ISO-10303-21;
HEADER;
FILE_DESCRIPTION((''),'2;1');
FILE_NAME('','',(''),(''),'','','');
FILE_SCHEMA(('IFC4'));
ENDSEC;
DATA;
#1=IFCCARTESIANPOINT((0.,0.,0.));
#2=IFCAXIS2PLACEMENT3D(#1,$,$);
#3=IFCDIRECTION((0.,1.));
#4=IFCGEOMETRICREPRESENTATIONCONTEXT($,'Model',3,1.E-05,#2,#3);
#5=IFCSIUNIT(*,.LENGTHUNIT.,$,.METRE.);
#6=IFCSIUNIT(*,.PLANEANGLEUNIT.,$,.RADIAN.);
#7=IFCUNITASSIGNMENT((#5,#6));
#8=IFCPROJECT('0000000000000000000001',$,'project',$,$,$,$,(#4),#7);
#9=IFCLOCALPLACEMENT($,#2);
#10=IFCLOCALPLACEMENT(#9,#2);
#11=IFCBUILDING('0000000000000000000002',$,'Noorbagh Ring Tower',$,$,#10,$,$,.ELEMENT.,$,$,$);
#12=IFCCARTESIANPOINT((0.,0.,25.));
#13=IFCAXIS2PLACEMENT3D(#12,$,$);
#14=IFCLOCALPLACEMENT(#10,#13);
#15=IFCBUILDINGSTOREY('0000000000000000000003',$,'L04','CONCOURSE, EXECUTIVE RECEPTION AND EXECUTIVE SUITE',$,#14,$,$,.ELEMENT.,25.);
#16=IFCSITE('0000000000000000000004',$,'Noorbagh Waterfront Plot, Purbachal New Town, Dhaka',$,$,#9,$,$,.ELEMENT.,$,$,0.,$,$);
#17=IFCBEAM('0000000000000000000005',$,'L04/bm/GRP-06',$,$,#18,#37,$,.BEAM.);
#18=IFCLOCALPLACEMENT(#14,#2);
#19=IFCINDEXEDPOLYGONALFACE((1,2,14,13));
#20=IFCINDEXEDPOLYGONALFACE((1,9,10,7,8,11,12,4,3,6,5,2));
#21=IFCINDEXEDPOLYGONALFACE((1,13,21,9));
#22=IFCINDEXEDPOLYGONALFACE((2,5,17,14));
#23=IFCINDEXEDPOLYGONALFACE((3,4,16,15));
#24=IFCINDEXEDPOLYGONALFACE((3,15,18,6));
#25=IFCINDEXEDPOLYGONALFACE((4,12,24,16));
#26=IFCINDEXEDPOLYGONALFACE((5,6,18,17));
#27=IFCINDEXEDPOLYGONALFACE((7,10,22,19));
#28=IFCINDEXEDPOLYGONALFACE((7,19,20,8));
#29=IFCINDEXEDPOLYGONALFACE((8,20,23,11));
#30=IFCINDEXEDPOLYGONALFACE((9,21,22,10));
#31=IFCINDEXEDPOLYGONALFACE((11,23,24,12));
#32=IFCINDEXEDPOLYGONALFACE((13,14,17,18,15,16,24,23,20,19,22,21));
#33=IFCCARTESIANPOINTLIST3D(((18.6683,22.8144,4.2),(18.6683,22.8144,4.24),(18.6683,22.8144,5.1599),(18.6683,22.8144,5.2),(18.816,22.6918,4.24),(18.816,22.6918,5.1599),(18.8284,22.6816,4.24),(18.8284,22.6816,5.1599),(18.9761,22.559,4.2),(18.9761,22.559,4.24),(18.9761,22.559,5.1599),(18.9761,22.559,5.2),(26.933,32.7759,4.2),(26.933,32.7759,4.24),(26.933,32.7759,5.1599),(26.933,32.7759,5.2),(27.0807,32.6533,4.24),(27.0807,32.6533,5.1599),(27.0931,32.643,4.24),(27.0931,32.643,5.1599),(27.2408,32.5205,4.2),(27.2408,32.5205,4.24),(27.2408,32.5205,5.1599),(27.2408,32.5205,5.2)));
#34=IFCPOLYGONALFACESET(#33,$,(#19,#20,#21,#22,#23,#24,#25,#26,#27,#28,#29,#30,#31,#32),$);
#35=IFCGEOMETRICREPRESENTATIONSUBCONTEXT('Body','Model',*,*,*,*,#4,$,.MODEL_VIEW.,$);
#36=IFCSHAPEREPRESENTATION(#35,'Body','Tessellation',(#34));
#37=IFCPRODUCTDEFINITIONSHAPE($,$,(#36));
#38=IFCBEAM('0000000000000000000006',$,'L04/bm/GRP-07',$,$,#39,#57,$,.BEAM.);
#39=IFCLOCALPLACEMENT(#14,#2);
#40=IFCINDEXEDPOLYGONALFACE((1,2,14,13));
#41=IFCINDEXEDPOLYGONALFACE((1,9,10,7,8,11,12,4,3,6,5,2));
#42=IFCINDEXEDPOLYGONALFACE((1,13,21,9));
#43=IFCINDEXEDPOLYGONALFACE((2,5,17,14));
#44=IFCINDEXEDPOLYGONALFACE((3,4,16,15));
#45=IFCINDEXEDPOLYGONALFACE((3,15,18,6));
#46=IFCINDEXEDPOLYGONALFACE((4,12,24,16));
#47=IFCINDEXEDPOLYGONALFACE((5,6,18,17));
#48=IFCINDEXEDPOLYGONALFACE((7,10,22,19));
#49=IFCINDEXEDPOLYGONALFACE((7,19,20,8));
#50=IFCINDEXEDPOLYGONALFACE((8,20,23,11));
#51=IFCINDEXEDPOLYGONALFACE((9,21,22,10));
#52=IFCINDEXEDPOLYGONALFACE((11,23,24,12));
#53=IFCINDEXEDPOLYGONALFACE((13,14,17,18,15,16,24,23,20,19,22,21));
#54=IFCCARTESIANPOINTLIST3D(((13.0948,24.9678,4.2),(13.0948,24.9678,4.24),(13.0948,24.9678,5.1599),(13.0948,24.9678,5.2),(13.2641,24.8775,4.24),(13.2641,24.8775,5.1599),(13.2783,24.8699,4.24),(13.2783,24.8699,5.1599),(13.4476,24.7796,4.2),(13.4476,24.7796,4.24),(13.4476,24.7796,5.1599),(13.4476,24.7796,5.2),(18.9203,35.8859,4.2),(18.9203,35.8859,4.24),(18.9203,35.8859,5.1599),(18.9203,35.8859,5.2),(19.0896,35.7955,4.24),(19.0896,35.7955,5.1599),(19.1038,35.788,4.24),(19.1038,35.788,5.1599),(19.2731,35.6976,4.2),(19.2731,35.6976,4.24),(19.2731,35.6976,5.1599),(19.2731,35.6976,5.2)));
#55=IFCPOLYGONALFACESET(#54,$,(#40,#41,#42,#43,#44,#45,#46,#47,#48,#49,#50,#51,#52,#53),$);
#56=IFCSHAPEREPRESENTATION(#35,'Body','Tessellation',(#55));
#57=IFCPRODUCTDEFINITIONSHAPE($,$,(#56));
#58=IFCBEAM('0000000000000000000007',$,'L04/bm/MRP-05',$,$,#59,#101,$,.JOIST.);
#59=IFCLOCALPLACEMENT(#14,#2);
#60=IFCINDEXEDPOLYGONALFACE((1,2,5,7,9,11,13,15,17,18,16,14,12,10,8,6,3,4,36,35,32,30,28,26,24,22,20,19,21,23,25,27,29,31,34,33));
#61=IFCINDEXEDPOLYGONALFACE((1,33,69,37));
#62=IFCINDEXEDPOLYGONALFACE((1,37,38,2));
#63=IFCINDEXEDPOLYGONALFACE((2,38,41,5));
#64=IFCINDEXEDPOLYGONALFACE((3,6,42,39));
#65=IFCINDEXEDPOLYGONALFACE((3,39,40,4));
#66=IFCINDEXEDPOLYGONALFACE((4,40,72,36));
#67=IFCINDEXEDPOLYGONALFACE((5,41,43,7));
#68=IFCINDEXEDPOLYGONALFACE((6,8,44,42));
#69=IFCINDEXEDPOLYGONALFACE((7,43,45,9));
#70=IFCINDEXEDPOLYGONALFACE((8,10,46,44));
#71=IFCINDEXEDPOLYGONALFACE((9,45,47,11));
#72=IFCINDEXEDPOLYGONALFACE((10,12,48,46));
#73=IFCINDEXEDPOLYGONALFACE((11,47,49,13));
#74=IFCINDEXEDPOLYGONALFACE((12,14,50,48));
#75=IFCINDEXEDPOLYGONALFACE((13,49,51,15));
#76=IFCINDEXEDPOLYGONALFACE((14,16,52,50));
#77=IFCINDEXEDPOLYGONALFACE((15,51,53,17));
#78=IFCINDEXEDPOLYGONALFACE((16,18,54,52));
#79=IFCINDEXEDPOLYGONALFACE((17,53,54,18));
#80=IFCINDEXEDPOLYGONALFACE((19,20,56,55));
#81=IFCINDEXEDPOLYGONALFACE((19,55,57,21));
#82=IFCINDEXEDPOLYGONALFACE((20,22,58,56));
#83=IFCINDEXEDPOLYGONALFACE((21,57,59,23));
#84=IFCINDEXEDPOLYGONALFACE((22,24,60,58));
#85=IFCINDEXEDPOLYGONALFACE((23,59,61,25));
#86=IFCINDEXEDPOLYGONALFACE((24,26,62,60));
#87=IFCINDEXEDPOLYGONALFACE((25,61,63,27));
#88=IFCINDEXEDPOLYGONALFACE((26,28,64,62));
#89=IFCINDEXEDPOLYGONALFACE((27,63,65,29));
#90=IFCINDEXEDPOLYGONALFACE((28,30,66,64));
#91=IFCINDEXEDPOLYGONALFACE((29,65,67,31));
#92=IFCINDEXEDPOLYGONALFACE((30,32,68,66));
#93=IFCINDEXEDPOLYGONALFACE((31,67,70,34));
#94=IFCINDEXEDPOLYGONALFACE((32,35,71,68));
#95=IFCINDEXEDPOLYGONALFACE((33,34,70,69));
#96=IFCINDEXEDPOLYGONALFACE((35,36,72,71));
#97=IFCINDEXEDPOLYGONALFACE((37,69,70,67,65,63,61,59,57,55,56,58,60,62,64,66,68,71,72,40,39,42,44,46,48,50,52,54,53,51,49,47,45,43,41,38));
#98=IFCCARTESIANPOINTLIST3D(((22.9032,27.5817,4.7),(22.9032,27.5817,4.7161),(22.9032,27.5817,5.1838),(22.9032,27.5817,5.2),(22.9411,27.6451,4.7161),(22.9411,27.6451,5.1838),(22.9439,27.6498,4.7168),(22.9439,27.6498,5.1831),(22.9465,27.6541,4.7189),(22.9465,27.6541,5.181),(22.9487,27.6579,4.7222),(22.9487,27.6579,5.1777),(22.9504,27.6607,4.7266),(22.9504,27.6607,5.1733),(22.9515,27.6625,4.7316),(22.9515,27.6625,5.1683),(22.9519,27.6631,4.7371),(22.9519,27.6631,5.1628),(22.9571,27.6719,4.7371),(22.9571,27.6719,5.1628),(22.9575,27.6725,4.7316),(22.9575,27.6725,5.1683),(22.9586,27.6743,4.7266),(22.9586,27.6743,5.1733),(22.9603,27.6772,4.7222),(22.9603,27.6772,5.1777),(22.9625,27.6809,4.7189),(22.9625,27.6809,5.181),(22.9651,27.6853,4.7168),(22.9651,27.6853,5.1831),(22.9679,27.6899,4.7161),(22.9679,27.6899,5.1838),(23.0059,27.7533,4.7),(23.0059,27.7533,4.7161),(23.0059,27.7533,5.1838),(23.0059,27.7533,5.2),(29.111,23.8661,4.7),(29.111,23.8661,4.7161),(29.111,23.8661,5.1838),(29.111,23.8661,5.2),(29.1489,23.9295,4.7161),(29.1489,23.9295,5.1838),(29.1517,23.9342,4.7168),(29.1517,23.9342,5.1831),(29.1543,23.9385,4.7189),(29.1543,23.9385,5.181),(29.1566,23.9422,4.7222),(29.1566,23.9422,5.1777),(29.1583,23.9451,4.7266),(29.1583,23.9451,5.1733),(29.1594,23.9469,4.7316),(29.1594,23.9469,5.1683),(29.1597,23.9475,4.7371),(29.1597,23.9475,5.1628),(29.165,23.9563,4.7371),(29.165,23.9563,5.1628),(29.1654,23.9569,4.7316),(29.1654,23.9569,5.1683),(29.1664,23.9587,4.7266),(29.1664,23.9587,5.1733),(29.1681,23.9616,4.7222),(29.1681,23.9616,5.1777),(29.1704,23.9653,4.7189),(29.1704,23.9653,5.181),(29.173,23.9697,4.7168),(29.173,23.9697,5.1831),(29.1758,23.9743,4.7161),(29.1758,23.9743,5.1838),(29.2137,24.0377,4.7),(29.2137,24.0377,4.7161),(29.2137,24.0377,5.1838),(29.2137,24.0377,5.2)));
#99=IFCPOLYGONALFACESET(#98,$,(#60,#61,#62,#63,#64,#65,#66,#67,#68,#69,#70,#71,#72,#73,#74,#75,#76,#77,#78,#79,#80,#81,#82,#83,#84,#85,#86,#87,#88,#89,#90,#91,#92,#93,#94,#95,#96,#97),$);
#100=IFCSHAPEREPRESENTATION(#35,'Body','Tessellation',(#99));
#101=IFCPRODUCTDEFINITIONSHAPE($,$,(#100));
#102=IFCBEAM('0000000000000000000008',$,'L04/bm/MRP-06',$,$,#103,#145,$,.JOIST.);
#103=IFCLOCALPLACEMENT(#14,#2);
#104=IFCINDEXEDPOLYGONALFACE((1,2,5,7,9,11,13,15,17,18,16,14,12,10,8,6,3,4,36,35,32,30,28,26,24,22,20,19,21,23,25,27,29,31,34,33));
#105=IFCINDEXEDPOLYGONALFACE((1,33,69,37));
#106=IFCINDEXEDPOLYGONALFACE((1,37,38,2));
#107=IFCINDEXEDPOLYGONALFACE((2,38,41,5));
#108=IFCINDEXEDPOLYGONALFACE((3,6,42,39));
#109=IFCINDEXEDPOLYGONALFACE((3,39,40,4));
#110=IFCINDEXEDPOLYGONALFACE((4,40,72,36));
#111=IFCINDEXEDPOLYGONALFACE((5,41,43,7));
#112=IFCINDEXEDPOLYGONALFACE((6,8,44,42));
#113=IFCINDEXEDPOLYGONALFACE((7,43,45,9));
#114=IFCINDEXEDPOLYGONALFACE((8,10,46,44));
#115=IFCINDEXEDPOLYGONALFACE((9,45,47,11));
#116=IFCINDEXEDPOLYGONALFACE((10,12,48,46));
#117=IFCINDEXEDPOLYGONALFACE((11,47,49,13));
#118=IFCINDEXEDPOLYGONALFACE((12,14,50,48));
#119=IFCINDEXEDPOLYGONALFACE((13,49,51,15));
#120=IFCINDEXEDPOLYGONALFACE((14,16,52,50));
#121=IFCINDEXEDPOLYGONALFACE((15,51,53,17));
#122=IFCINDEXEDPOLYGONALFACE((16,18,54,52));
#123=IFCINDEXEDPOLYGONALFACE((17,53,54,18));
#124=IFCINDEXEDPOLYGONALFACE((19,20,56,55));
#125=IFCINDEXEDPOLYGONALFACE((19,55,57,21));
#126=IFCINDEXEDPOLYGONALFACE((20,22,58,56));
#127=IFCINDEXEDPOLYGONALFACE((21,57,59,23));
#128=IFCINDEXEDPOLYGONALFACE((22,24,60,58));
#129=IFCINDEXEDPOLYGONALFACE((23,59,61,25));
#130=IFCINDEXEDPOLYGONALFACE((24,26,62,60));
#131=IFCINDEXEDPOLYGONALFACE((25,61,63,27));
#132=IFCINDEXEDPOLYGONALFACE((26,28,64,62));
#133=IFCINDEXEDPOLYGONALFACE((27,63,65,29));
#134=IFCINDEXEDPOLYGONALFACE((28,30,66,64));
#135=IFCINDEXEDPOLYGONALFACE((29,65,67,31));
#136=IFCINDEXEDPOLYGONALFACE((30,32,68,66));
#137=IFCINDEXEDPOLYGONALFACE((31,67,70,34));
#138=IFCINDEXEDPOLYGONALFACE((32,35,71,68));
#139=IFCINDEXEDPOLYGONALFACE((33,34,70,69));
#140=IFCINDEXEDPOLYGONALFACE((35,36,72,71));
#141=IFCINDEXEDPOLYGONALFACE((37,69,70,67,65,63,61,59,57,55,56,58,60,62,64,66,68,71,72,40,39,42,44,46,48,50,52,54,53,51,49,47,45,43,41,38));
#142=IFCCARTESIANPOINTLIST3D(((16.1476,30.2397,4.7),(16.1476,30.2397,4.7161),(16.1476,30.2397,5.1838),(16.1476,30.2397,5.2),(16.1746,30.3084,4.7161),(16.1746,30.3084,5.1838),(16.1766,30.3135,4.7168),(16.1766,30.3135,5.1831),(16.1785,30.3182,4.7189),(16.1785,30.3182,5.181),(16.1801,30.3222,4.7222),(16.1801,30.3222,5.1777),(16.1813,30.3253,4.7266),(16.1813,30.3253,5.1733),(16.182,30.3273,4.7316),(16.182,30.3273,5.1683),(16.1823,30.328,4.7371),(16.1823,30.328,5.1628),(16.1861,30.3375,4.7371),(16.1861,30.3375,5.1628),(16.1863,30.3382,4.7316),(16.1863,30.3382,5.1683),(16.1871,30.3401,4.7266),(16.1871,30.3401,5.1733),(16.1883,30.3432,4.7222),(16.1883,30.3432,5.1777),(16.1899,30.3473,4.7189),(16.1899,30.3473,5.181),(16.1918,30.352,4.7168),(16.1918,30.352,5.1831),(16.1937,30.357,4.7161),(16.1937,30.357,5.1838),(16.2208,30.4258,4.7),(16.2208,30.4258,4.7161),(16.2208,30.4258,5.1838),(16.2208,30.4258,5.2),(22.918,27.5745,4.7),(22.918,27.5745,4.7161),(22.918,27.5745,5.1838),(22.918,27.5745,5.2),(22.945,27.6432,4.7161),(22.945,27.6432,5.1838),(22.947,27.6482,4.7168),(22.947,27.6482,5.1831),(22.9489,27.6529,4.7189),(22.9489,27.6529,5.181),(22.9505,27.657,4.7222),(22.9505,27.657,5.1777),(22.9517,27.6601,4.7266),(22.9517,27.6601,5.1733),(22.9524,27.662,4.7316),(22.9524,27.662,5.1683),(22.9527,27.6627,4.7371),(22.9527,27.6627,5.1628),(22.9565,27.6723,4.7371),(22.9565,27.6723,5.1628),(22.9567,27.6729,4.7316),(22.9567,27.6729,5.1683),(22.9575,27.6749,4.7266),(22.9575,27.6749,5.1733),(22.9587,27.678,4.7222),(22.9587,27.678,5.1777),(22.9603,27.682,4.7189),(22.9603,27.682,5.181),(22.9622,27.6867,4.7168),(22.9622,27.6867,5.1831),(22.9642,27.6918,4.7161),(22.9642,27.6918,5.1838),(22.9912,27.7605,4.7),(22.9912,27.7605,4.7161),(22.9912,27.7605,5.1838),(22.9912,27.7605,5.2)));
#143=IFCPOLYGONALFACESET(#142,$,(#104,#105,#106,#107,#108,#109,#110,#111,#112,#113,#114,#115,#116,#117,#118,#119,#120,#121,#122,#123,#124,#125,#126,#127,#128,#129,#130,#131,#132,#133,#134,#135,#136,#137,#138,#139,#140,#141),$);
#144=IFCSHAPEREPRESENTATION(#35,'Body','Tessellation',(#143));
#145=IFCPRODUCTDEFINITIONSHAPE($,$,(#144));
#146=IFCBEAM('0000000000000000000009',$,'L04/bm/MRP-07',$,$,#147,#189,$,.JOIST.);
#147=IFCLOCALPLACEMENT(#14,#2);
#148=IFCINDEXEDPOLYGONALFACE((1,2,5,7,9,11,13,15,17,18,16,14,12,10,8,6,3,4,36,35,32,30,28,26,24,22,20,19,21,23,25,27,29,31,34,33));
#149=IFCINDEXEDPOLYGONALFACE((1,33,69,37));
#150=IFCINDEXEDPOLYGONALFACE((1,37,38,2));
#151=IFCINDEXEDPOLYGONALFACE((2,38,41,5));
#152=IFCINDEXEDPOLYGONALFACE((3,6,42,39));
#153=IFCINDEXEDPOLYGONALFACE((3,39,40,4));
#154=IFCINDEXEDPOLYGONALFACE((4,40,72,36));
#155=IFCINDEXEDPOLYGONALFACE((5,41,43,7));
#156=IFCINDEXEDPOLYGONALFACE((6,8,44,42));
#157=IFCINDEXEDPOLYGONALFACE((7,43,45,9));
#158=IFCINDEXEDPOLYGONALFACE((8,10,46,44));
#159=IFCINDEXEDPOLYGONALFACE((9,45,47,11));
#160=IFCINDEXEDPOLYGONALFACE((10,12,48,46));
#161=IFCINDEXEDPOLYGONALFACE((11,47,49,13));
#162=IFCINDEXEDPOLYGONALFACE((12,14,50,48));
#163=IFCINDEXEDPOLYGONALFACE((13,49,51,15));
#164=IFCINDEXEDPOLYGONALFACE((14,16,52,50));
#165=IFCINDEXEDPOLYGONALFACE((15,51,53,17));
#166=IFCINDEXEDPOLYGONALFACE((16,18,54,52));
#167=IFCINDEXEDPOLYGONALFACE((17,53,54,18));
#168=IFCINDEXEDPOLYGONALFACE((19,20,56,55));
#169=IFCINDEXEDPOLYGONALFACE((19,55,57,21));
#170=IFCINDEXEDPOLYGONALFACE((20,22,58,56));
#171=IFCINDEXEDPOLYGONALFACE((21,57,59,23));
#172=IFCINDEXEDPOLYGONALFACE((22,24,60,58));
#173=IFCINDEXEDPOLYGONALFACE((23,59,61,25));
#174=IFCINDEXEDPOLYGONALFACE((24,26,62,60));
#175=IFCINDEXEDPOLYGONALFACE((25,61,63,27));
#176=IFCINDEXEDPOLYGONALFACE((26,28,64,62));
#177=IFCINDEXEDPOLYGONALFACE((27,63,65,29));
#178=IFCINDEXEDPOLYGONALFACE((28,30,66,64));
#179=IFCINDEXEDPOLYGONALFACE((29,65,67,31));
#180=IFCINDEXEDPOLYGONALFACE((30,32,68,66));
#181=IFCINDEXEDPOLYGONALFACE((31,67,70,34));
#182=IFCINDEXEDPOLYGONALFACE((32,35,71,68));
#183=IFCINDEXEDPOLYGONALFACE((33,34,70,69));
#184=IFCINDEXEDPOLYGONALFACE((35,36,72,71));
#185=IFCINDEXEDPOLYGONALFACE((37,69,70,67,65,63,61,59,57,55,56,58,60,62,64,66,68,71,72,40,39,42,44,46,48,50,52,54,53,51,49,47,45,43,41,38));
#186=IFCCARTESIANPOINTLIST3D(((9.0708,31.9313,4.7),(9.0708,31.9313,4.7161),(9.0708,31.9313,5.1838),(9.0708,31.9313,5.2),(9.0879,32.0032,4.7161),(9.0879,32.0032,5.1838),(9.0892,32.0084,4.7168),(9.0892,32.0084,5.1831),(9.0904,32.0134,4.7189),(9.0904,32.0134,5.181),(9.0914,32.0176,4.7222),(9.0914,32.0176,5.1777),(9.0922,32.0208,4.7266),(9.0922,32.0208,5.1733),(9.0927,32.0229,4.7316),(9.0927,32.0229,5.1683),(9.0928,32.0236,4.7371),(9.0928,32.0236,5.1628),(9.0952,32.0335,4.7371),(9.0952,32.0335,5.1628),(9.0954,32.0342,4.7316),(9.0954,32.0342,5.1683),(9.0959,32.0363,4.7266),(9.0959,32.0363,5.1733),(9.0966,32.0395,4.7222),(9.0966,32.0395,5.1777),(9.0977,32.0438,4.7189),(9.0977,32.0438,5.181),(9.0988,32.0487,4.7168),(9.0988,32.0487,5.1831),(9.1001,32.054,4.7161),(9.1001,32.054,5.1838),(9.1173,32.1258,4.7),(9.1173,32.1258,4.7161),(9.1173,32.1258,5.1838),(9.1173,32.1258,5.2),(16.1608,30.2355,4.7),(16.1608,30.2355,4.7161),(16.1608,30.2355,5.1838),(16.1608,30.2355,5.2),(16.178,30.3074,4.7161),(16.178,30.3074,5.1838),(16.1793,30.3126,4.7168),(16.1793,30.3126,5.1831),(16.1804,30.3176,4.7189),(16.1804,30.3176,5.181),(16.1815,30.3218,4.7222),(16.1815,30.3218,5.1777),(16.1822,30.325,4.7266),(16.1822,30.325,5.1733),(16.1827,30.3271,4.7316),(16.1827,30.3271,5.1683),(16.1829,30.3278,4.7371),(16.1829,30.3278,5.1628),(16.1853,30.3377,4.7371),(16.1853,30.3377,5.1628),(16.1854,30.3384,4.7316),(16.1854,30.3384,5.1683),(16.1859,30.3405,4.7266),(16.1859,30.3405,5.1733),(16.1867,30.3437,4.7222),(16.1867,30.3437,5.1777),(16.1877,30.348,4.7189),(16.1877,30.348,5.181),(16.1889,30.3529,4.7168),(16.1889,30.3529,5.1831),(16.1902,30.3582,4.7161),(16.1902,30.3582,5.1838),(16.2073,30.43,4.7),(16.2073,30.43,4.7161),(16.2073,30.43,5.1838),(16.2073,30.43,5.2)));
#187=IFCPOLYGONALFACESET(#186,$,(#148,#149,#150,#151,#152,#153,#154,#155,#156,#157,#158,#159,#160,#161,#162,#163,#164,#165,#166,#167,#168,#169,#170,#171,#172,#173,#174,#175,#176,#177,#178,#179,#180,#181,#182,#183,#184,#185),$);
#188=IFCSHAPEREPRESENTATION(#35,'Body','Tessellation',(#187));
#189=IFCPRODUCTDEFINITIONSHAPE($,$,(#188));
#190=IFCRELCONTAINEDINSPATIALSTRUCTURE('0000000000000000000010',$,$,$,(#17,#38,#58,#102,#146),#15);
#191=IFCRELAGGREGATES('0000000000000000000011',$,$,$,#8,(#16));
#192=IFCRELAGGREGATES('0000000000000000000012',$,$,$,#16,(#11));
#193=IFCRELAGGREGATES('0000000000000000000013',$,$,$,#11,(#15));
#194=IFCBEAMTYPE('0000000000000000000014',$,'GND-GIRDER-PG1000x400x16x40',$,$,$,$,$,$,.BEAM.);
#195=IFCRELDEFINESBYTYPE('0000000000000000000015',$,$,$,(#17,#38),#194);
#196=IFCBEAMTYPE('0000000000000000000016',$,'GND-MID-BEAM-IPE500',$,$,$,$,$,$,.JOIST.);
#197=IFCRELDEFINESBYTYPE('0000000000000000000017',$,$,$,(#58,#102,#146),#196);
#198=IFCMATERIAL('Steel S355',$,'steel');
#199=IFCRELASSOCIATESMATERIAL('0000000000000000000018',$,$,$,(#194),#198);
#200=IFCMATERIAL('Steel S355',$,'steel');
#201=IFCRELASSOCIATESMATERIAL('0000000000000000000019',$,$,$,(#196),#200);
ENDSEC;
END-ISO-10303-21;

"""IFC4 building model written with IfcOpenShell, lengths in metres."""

from ifc_helpers import new_model, si_unit, direction, frame, origin, origin_2d, place, context, subcontext, project, spatial, i_section, extrude, material, material_profile, profile_set, type_object, element, save


model = new_model("IFC4")

# Units and contexts
model_context = context("Model", 3, precision=1e-05, world=origin(), true_north=direction((0.0, 1.0)))
body_context = subcontext(model_context, "Body", "Model", "MODEL_VIEW")
ifc_project = project(units=[si_unit("LENGTHUNIT", "METRE"), si_unit("PLANEANGLEUNIT", "RADIAN")], contexts=[model_context])

# Site, building, storey
site_placement = place(None, origin())
site = spatial("IfcSite", under=ifc_project, at=site_placement, Name="Noorbagh Waterfront Plot, Purbachal New Town, Dhaka", CompositionType="ELEMENT", RefElevation=0.0)
building_placement = place(site_placement, origin())
building = spatial("IfcBuilding", under=site, at=building_placement, Name="Noorbagh Ring Tower", CompositionType="ELEMENT")
storey_placement = place(building_placement, frame((0.0, 0.0, 25.0)))
storey = spatial("IfcBuildingStorey", under=building, at=storey_placement, Name="L04", Description="CONCOURSE, EXECUTIVE RECEPTION AND EXECUTIVE SUITE", CompositionType="ELEMENT", Elevation=25.0)

# Beams
ifc_material_1 = material(Name="Steel S355", Category="steel")
ifc_material_profile_1 = material_profile(ifc_material_1, i_section(OverallWidth=0.3999, OverallDepth=1.0, WebThickness=0.0161, FlangeThickness=0.04, at=origin_2d()), Name="PG1000x400x16x40")
ifc_profile_set_1 = profile_set([ifc_material_profile_1], Name="Steel S355")
beam_type_1 = type_object("IfcBeamType", Name="GND-GIRDER-PG1000x400x16x40", PredefinedType="BEAM", material=ifc_profile_set_1)
beam_1_placement = place(storey_placement, frame((27.0869, 32.6482, 4.7), z_axis=(-0.638517, -0.769608, 0.0), x_axis=(0.769608, -0.638517, 0.0)))
element("IfcBeam", 1, at=beam_1_placement, inside=storey, type_object=beam_type_1, Name="L04/bm/GRP-06", PredefinedType="BEAM", context=body_context, shape_type="SweptSolid", body=[
    extrude(i_section(OverallWidth=0.3999, OverallDepth=1.0, WebThickness=0.0161, FlangeThickness=0.04, at=origin_2d()), origin(), (0.0, 0.0, 1.0), 12.9436),
])
beam_2_placement = place(storey_placement, frame((19.0967, 35.7917, 4.7), z_axis=(-0.470747, -0.882268, 0.0), x_axis=(0.882268, -0.470747, 0.0)))
element("IfcBeam", 2, at=beam_2_placement, inside=storey, type_object=beam_type_1, Name="L04/bm/GRP-07", PredefinedType="BEAM", context=body_context, shape_type="SweptSolid", body=[
    extrude(i_section(OverallWidth=0.3999, OverallDepth=1.0, WebThickness=0.0161, FlangeThickness=0.04, at=origin_2d()), origin(), (0.0, 0.0, 1.0), 12.375),
])
ifc_material_2 = material(Name="Steel S355", Category="steel")
ifc_material_profile_2 = material_profile(ifc_material_2, i_section(OverallWidth=0.2, OverallDepth=0.5, WebThickness=0.0103, FlangeThickness=0.0161, FilletRadius=0.021, at=origin_2d()), Name="IPE500")
ifc_profile_set_2 = profile_set([ifc_material_profile_2], Name="Steel S355")
beam_type_2 = type_object("IfcBeamType", Name="GND-MID-BEAM-IPE500", PredefinedType="JOIST", material=ifc_profile_set_2)
beam_3_placement = place(storey_placement, frame((29.1624, 23.9519, 4.95), z_axis=(-0.858046, 0.513572, 0.0), x_axis=(-0.513572, -0.858046, 0.0)))
element("IfcBeam", 3, at=beam_3_placement, inside=storey, type_object=beam_type_2, Name="L04/bm/MRP-05", PredefinedType="JOIST", context=body_context, shape_type="SweptSolid", body=[
    extrude(i_section(OverallWidth=0.2, OverallDepth=0.5, WebThickness=0.0103, FlangeThickness=0.0161, FilletRadius=0.021, at=origin_2d()), origin(), (0.0, 0.0, 1.0), 7.2349),
])
beam_4_placement = place(storey_placement, frame((22.9546, 27.6675, 4.95), z_axis=(-0.930497, 0.3663, 0.0), x_axis=(-0.3663, -0.930497, 0.0)))
element("IfcBeam", 4, at=beam_4_placement, inside=storey, type_object=beam_type_2, Name="L04/bm/MRP-06", PredefinedType="JOIST", context=body_context, shape_type="SweptSolid", body=[
    extrude(i_section(OverallWidth=0.2, OverallDepth=0.5, WebThickness=0.0103, FlangeThickness=0.0161, FilletRadius=0.021, at=origin_2d()), origin(), (0.0, 0.0, 1.0), 7.2761),
])
beam_5_placement = place(storey_placement, frame((16.1841, 30.3328, 4.95), z_axis=(-0.972568, 0.232618, 0.0), x_axis=(-0.232618, -0.972568, 0.0)))
element("IfcBeam", 5, at=beam_5_placement, inside=storey, type_object=beam_type_2, Name="L04/bm/MRP-07", PredefinedType="JOIST", context=body_context, shape_type="SweptSolid", body=[
    extrude(i_section(OverallWidth=0.2, OverallDepth=0.5, WebThickness=0.0103, FlangeThickness=0.0161, FilletRadius=0.021, at=origin_2d()), origin(), (0.0, 0.0, 1.0), 7.29),
])

save(model, "model.ifc")
